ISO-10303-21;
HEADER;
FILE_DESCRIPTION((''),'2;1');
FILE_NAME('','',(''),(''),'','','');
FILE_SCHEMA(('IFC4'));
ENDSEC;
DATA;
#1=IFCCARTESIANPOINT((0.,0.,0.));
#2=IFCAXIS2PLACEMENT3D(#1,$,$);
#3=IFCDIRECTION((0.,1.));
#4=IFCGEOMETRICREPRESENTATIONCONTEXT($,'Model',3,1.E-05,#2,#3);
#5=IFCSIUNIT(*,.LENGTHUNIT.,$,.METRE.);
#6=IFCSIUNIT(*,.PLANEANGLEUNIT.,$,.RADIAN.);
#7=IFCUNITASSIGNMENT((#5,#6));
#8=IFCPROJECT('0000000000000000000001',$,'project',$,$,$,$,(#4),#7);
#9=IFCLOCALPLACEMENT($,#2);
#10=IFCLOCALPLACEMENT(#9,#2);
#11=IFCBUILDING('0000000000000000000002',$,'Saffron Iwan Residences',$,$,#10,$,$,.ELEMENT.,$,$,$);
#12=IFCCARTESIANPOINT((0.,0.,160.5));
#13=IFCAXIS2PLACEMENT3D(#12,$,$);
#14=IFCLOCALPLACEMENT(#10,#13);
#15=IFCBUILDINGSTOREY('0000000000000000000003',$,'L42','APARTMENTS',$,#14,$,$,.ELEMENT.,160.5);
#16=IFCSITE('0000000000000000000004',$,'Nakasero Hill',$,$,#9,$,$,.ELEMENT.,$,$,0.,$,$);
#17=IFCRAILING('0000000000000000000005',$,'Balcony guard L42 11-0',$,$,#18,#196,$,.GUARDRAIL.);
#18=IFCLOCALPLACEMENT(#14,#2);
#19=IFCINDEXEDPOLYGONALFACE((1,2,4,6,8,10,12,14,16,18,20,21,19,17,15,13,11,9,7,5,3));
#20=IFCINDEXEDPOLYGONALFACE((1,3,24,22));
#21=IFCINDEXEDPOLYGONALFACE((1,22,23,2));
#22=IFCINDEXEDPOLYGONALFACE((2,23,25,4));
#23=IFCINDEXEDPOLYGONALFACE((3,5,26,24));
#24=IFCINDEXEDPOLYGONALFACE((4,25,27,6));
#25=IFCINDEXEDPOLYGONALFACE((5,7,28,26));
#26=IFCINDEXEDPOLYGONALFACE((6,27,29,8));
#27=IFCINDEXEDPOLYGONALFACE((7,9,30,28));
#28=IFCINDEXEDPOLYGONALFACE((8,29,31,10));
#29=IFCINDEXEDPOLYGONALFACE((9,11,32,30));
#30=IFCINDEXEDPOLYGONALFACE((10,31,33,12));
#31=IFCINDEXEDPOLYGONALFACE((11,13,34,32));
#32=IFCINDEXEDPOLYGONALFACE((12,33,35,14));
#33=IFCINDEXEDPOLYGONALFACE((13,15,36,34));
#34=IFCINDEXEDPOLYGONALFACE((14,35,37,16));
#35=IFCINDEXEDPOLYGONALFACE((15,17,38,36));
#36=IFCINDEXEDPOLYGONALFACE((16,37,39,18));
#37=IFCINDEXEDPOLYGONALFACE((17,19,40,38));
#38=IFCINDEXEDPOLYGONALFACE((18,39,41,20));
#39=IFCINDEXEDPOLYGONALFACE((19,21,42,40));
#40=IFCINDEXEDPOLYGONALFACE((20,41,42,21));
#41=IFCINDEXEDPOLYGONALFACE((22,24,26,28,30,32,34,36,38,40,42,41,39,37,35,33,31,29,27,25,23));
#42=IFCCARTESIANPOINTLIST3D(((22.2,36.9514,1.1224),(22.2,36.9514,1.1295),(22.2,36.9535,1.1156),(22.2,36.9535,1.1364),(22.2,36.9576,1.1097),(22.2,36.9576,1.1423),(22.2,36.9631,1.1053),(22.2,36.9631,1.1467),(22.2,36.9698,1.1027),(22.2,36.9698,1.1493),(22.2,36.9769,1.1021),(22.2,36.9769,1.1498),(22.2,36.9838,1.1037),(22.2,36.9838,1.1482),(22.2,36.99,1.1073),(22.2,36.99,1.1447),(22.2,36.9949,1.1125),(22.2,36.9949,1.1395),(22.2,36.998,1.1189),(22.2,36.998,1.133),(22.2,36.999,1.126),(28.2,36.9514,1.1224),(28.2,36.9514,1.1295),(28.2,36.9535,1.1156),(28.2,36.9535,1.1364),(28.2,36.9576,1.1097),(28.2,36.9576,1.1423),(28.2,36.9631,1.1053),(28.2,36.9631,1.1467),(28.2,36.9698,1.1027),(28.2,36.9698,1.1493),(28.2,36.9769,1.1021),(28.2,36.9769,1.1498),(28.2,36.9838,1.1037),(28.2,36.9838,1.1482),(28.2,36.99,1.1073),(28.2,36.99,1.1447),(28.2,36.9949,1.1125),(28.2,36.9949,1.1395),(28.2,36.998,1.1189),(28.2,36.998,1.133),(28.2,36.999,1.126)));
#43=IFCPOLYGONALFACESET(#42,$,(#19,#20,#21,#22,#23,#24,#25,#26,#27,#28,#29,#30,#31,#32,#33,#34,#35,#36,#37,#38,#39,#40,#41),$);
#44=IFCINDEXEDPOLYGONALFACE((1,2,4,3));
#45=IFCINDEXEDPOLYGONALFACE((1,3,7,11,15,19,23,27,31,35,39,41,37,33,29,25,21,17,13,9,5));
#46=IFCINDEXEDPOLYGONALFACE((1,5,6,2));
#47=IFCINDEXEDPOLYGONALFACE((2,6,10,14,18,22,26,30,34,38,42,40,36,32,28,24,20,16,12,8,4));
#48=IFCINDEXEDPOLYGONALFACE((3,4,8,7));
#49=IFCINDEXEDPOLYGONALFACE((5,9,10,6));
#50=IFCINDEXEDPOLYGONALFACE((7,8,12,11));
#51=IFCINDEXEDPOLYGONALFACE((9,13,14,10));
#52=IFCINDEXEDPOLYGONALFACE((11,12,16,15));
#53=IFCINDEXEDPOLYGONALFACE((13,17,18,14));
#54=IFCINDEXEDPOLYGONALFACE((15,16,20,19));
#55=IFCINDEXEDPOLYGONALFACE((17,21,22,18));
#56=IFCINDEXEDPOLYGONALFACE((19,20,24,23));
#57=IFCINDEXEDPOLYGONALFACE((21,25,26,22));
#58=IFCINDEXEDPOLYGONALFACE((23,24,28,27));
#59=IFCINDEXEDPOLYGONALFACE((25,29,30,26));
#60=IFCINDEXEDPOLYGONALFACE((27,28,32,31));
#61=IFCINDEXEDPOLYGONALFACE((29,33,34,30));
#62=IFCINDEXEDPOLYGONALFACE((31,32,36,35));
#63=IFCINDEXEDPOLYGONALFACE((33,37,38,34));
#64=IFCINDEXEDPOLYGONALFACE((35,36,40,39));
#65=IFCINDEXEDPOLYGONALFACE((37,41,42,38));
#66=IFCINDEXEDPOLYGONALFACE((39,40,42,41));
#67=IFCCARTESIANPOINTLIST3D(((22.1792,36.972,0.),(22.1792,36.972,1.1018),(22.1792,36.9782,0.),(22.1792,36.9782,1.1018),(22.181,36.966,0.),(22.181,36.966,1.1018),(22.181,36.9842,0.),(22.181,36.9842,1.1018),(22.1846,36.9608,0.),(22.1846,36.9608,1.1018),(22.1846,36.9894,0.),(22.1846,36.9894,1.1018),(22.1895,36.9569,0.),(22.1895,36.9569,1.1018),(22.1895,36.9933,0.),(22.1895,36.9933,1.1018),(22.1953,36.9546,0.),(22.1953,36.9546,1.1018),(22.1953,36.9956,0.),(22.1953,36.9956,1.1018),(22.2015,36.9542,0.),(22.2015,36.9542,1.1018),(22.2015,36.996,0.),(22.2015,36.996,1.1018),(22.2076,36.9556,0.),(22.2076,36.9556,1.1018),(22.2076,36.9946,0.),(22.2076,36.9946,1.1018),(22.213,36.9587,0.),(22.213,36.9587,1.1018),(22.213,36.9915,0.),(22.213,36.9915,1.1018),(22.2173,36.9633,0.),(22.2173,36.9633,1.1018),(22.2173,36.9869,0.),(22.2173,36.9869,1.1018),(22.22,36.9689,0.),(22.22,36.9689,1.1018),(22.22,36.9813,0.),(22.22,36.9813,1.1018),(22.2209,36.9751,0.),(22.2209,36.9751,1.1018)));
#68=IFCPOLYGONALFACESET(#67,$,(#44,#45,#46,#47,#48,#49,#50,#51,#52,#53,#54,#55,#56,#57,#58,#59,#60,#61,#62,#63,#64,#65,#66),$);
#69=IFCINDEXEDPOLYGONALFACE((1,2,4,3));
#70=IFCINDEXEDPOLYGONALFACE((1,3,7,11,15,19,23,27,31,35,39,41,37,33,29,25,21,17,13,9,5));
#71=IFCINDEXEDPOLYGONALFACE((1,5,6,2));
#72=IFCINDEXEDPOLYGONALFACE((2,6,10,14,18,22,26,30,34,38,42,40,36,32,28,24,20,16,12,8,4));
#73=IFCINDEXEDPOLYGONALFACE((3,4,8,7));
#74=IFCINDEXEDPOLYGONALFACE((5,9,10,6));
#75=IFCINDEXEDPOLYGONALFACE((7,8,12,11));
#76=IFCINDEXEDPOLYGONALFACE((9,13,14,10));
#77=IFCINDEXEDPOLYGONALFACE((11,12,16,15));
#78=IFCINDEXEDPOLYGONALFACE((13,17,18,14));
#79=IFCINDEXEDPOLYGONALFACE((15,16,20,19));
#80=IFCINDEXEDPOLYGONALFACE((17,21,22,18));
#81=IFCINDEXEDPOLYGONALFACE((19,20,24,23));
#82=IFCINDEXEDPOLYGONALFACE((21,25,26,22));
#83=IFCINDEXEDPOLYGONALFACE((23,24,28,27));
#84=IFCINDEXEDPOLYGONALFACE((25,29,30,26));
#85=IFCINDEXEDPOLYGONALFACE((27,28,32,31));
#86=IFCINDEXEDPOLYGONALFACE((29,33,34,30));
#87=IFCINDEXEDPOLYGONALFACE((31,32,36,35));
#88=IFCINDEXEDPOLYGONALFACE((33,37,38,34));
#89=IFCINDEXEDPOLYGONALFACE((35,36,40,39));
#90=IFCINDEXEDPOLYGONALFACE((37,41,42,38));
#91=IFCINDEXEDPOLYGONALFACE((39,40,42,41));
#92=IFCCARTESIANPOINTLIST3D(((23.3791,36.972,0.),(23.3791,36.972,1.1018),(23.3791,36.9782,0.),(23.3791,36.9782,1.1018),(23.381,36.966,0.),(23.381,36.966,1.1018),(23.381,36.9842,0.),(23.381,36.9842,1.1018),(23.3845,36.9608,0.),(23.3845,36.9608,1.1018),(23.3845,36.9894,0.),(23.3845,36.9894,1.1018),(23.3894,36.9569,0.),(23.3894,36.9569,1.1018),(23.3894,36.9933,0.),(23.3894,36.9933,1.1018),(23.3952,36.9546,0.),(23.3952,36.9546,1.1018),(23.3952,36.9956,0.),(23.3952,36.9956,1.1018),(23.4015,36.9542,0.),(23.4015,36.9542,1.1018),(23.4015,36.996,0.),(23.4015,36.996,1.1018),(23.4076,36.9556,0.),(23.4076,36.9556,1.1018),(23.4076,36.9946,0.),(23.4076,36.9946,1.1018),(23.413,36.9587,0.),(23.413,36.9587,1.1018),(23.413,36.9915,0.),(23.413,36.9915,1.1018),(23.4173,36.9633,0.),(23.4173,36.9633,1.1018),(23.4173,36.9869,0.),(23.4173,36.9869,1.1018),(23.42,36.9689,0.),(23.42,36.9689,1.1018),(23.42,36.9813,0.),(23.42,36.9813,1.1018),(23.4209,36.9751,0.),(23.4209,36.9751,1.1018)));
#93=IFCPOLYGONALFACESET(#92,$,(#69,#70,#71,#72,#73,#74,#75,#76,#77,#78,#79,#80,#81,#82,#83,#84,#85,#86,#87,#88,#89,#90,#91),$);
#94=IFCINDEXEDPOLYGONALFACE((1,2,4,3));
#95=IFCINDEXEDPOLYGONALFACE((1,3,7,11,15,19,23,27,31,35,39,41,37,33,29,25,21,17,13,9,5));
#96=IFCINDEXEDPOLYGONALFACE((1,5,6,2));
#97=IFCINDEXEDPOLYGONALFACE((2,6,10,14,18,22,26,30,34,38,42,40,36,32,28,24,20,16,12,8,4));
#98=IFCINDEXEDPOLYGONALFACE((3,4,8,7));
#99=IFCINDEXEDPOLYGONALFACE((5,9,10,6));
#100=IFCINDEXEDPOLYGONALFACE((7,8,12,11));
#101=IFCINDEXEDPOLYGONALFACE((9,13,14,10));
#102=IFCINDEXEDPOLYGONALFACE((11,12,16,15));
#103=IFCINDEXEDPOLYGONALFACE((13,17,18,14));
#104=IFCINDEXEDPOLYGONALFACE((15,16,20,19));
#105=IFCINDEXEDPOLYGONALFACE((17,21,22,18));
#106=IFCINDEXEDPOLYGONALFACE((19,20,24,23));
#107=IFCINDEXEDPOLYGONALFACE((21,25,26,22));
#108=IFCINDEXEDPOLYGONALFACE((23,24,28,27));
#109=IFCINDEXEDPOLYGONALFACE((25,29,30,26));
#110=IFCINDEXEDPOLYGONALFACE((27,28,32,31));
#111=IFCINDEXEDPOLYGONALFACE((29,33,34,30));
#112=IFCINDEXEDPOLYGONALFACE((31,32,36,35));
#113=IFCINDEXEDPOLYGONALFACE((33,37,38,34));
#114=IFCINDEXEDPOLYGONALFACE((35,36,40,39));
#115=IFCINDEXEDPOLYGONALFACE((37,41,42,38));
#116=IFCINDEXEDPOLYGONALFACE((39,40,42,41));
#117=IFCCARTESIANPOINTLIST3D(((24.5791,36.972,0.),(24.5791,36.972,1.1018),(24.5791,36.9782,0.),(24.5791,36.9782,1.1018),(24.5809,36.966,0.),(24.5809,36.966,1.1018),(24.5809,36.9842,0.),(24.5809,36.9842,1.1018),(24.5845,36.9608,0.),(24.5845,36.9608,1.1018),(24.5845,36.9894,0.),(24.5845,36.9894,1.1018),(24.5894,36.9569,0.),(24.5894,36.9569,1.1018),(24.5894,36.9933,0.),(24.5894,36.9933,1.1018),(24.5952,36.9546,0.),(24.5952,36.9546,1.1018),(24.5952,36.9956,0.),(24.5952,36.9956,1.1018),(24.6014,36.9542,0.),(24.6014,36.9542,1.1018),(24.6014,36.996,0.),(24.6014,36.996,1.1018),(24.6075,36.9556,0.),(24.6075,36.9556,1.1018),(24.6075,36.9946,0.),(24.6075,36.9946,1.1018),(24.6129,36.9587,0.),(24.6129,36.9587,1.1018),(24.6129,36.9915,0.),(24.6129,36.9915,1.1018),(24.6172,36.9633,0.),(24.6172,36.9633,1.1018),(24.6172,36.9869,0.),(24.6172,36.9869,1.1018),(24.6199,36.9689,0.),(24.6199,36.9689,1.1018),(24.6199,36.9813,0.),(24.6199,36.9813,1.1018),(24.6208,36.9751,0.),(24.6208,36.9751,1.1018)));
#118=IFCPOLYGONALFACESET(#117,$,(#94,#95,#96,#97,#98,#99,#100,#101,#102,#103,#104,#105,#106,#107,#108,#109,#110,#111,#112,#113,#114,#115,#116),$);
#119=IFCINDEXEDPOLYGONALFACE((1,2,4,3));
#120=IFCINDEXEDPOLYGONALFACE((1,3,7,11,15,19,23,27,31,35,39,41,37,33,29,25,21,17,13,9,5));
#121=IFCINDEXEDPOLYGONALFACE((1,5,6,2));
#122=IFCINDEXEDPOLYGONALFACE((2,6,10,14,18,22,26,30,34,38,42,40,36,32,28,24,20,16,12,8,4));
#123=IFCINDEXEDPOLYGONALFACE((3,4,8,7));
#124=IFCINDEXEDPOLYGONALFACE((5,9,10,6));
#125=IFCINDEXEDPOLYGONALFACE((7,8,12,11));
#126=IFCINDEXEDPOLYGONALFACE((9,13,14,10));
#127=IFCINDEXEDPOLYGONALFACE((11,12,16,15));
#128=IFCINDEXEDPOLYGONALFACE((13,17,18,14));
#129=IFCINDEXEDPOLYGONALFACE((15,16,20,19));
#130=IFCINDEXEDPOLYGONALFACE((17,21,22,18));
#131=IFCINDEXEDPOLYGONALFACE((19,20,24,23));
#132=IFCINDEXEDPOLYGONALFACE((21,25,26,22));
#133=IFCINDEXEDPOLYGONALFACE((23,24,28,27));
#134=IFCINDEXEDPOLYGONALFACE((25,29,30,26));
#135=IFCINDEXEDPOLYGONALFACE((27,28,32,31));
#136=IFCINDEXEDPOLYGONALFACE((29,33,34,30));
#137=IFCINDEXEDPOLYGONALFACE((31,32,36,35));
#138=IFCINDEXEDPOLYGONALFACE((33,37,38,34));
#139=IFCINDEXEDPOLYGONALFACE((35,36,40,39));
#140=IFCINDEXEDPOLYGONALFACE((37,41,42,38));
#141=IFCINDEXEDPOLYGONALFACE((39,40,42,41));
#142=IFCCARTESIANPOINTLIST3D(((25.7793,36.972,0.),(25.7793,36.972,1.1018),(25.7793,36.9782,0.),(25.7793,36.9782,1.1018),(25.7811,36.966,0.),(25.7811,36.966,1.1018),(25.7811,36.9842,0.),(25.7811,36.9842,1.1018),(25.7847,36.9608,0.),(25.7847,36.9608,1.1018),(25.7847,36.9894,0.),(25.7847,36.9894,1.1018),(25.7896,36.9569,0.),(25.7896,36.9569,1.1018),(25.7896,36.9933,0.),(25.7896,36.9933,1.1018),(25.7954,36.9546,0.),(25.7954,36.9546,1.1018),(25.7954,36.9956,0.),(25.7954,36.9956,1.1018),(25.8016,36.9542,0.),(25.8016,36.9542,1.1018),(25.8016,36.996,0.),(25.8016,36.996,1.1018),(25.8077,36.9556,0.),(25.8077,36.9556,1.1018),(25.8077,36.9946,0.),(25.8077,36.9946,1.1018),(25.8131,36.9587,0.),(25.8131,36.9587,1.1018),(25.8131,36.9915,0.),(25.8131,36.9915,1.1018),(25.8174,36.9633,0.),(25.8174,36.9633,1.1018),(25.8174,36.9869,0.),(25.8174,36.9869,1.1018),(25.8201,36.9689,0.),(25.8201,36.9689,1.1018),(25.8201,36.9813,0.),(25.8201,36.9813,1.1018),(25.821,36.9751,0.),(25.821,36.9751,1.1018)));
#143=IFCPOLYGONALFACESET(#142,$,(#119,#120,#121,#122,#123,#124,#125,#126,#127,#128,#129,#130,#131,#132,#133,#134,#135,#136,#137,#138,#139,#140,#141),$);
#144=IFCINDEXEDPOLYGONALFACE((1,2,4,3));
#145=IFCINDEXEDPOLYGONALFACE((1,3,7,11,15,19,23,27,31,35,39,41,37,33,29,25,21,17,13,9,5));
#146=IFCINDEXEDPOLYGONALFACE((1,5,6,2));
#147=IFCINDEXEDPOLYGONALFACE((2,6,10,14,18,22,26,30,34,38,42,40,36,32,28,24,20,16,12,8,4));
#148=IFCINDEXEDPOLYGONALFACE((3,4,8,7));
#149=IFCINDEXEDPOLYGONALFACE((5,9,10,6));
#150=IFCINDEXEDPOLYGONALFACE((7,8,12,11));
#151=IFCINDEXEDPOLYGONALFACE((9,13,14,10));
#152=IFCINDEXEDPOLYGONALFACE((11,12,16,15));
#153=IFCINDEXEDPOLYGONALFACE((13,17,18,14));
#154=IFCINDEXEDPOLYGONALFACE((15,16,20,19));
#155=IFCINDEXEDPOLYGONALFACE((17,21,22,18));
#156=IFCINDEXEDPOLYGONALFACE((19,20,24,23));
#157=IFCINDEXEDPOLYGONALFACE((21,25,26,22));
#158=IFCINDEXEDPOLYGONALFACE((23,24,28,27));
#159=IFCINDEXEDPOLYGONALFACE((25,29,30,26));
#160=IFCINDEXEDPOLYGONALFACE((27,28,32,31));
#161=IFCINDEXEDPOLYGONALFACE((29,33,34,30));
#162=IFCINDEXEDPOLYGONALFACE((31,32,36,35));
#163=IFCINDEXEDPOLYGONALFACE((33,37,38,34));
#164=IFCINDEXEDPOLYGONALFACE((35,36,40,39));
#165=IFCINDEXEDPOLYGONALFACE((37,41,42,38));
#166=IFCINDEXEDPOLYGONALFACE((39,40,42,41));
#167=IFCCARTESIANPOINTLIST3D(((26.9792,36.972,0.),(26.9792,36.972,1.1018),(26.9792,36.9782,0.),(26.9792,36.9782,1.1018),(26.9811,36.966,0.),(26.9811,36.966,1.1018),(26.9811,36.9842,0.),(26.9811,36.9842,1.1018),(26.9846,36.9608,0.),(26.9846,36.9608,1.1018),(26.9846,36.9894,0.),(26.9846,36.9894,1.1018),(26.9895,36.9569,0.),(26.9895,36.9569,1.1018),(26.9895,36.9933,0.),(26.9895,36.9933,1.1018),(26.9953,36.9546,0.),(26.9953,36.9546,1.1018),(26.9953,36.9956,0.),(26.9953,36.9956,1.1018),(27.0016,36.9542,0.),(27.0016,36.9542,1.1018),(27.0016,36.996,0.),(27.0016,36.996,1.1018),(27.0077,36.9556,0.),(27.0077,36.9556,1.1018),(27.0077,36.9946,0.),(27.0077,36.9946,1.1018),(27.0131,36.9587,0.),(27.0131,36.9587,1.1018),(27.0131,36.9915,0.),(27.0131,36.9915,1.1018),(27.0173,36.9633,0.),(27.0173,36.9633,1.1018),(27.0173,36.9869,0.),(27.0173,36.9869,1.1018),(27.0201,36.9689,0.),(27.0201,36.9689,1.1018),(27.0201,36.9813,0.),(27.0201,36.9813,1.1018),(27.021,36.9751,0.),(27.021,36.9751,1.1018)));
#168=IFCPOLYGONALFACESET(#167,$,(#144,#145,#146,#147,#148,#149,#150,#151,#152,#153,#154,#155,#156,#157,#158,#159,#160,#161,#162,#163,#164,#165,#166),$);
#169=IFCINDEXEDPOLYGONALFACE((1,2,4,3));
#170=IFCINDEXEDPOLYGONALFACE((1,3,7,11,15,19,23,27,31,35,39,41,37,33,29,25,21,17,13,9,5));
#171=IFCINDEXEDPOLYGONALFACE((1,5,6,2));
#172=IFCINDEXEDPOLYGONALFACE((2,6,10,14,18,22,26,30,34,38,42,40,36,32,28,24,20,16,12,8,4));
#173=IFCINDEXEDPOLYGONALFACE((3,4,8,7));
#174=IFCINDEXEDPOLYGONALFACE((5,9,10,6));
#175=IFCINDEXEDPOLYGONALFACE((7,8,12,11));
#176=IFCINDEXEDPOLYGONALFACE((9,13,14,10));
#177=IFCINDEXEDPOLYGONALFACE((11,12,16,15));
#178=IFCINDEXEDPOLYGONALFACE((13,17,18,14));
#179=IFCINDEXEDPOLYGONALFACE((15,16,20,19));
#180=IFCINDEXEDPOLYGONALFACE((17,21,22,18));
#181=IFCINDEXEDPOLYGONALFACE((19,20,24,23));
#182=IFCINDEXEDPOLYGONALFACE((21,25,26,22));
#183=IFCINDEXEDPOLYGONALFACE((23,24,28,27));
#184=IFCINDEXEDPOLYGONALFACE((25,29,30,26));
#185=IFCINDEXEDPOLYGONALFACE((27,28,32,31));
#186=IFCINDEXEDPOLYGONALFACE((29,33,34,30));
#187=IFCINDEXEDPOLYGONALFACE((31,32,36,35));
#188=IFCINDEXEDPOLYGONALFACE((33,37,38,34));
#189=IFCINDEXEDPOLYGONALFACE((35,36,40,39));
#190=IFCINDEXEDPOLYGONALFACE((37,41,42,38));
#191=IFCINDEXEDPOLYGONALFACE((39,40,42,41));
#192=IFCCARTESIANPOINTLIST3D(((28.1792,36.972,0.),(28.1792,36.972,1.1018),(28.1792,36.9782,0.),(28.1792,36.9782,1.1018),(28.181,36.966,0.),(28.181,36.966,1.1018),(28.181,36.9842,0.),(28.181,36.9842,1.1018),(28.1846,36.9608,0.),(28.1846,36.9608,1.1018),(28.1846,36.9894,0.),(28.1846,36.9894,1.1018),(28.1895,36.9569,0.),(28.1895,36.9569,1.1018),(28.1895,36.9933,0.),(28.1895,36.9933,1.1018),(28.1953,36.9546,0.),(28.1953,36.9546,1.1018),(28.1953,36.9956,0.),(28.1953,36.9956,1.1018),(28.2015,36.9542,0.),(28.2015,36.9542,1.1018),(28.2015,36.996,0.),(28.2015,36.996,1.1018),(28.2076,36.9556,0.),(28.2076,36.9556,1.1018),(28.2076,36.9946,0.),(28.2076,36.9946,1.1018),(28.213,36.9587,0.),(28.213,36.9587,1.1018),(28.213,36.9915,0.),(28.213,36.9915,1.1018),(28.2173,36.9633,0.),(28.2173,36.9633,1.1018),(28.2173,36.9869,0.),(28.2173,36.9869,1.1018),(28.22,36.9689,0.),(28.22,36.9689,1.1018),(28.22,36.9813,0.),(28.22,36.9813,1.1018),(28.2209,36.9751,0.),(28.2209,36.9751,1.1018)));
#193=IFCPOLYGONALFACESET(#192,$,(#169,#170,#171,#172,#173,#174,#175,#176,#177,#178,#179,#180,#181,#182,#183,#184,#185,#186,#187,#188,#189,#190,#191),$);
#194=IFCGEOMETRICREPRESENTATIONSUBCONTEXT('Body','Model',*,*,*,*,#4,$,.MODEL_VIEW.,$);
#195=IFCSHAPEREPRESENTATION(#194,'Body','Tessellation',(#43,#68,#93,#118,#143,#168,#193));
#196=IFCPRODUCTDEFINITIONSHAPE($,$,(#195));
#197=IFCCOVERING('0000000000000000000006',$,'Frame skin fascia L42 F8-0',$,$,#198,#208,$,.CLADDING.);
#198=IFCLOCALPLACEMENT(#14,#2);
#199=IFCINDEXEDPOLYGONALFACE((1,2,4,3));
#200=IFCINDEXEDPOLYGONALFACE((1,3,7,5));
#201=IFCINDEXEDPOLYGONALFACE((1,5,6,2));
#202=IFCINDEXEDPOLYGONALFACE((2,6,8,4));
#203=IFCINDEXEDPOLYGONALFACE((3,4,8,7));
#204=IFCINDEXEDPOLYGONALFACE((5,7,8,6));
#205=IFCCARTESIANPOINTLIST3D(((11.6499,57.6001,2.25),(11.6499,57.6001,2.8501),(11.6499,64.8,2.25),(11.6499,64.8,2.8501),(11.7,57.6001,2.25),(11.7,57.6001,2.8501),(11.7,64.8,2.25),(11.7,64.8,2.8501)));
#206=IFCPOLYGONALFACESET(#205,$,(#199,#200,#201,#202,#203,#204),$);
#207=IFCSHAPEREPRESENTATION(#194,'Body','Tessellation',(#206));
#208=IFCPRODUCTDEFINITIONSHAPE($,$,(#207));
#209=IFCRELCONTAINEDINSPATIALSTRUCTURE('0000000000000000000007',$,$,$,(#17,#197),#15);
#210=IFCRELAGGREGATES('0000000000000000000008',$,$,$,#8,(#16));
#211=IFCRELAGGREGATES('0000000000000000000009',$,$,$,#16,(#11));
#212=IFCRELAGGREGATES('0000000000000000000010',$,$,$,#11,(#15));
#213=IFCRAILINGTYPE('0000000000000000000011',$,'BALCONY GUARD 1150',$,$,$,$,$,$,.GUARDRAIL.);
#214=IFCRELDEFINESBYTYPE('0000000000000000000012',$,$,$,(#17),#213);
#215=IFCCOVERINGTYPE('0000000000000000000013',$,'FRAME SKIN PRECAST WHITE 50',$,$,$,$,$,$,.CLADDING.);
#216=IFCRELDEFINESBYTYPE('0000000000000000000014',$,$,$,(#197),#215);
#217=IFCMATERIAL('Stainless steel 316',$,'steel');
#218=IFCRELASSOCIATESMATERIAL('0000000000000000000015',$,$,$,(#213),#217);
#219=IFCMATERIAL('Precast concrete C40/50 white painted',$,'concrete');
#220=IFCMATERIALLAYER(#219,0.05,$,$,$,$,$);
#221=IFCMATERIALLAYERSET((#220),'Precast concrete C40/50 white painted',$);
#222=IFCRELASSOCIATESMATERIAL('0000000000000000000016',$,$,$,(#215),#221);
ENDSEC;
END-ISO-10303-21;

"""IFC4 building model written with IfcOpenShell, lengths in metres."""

from ifc_helpers import new_model, si_unit, direction, frame, origin, origin_2d, place, context, subcontext, project, spatial, polyline, circle, outline, extrude, material, layer, layer_set, type_object, element, save


model = new_model("IFC4")

# Units and contexts
model_context = context("Model", 3, precision=1e-05, world=origin(), true_north=direction((0.0, 1.0)))
body_context = subcontext(model_context, "Body", "Model", "MODEL_VIEW")
ifc_project = project(units=[si_unit("LENGTHUNIT", "METRE"), si_unit("PLANEANGLEUNIT", "RADIAN")], contexts=[model_context])

# Site, building, storey
site_placement = place(None, origin())
site = spatial("IfcSite", under=ifc_project, at=site_placement, Name="Nakasero Hill", CompositionType="ELEMENT", RefElevation=0.0)
building_placement = place(site_placement, origin())
building = spatial("IfcBuilding", under=site, at=building_placement, Name="Saffron Iwan Residences", CompositionType="ELEMENT")
storey_placement = place(building_placement, frame((0.0, 0.0, 160.5)))
storey = spatial("IfcBuildingStorey", under=building, at=storey_placement, Name="L42", Description="APARTMENTS", CompositionType="ELEMENT", Elevation=160.5)

# Railing
ifc_material_1 = material(Name="Stainless steel 316", Category="steel")
railing_type = type_object("IfcRailingType", Name="BALCONY GUARD 1150", PredefinedType="GUARDRAIL", material=ifc_material_1)
railing_placement = place(storey_placement, frame((22.2, 36.9751, 0.0)))
element("IfcRailing", 1, at=railing_placement, inside=storey, type_object=railing_type, Name="Balcony guard L42 11-0", PredefinedType="GUARDRAIL", context=body_context, shape_type="SweptSolid", body=[
    extrude(circle(Radius=0.0239, at=origin_2d()), frame((0.0, 0.0, 1.126), z_axis=(1.0, 0.0, 0.0), x_axis=(0.0, 1.0, 0.0)), (0.0, 0.0, 1.0), 6.0),
    extrude(circle(Radius=0.021, at=origin_2d()), origin(), (0.0, 0.0, 1.0), 1.1018),
    extrude(circle(Radius=0.021, at=origin_2d()), frame((1.2, 0.0, 0.0)), (0.0, 0.0, 1.0), 1.1018),
    extrude(circle(Radius=0.021, at=origin_2d()), frame((2.3999, 0.0, 0.0)), (0.0, 0.0, 1.0), 1.1018),
    extrude(circle(Radius=0.021, at=origin_2d()), frame((3.6001, 0.0, 0.0)), (0.0, 0.0, 1.0), 1.1018),
    extrude(circle(Radius=0.021, at=origin_2d()), frame((4.8, 0.0, 0.0)), (0.0, 0.0, 1.0), 1.1018),
    extrude(circle(Radius=0.021, at=origin_2d()), frame((6.0, 0.0, 0.0)), (0.0, 0.0, 1.0), 1.1018),
])

# Covering
ifc_material_2 = material(Name="Precast concrete C40/50 white painted", Category="concrete")
ifc_layer_1 = layer(ifc_material_2, 0.05)
ifc_layer_set_1 = layer_set([ifc_layer_1], Name="Precast concrete C40/50 white painted")
covering_type = type_object("IfcCoveringType", Name="FRAME SKIN PRECAST WHITE 50", PredefinedType="CLADDING", material=ifc_layer_set_1)
covering_1_placement = place(storey_placement, frame((0.0, 0.0, 2.25)))
element("IfcCovering", 2, at=covering_1_placement, inside=storey, type_object=covering_type, Name="Frame skin fascia L42 F8-0", PredefinedType="CLADDING", context=body_context, shape_type="SweptSolid", body=[
    extrude(outline(polyline([(11.6499, 64.8), (11.6499, 57.6001), (11.7, 57.6001), (11.7, 64.8), (11.6499, 64.8)])), origin(), (0.0, 0.0, 1.0), 0.6001),
])

save(model, "model.ifc")
